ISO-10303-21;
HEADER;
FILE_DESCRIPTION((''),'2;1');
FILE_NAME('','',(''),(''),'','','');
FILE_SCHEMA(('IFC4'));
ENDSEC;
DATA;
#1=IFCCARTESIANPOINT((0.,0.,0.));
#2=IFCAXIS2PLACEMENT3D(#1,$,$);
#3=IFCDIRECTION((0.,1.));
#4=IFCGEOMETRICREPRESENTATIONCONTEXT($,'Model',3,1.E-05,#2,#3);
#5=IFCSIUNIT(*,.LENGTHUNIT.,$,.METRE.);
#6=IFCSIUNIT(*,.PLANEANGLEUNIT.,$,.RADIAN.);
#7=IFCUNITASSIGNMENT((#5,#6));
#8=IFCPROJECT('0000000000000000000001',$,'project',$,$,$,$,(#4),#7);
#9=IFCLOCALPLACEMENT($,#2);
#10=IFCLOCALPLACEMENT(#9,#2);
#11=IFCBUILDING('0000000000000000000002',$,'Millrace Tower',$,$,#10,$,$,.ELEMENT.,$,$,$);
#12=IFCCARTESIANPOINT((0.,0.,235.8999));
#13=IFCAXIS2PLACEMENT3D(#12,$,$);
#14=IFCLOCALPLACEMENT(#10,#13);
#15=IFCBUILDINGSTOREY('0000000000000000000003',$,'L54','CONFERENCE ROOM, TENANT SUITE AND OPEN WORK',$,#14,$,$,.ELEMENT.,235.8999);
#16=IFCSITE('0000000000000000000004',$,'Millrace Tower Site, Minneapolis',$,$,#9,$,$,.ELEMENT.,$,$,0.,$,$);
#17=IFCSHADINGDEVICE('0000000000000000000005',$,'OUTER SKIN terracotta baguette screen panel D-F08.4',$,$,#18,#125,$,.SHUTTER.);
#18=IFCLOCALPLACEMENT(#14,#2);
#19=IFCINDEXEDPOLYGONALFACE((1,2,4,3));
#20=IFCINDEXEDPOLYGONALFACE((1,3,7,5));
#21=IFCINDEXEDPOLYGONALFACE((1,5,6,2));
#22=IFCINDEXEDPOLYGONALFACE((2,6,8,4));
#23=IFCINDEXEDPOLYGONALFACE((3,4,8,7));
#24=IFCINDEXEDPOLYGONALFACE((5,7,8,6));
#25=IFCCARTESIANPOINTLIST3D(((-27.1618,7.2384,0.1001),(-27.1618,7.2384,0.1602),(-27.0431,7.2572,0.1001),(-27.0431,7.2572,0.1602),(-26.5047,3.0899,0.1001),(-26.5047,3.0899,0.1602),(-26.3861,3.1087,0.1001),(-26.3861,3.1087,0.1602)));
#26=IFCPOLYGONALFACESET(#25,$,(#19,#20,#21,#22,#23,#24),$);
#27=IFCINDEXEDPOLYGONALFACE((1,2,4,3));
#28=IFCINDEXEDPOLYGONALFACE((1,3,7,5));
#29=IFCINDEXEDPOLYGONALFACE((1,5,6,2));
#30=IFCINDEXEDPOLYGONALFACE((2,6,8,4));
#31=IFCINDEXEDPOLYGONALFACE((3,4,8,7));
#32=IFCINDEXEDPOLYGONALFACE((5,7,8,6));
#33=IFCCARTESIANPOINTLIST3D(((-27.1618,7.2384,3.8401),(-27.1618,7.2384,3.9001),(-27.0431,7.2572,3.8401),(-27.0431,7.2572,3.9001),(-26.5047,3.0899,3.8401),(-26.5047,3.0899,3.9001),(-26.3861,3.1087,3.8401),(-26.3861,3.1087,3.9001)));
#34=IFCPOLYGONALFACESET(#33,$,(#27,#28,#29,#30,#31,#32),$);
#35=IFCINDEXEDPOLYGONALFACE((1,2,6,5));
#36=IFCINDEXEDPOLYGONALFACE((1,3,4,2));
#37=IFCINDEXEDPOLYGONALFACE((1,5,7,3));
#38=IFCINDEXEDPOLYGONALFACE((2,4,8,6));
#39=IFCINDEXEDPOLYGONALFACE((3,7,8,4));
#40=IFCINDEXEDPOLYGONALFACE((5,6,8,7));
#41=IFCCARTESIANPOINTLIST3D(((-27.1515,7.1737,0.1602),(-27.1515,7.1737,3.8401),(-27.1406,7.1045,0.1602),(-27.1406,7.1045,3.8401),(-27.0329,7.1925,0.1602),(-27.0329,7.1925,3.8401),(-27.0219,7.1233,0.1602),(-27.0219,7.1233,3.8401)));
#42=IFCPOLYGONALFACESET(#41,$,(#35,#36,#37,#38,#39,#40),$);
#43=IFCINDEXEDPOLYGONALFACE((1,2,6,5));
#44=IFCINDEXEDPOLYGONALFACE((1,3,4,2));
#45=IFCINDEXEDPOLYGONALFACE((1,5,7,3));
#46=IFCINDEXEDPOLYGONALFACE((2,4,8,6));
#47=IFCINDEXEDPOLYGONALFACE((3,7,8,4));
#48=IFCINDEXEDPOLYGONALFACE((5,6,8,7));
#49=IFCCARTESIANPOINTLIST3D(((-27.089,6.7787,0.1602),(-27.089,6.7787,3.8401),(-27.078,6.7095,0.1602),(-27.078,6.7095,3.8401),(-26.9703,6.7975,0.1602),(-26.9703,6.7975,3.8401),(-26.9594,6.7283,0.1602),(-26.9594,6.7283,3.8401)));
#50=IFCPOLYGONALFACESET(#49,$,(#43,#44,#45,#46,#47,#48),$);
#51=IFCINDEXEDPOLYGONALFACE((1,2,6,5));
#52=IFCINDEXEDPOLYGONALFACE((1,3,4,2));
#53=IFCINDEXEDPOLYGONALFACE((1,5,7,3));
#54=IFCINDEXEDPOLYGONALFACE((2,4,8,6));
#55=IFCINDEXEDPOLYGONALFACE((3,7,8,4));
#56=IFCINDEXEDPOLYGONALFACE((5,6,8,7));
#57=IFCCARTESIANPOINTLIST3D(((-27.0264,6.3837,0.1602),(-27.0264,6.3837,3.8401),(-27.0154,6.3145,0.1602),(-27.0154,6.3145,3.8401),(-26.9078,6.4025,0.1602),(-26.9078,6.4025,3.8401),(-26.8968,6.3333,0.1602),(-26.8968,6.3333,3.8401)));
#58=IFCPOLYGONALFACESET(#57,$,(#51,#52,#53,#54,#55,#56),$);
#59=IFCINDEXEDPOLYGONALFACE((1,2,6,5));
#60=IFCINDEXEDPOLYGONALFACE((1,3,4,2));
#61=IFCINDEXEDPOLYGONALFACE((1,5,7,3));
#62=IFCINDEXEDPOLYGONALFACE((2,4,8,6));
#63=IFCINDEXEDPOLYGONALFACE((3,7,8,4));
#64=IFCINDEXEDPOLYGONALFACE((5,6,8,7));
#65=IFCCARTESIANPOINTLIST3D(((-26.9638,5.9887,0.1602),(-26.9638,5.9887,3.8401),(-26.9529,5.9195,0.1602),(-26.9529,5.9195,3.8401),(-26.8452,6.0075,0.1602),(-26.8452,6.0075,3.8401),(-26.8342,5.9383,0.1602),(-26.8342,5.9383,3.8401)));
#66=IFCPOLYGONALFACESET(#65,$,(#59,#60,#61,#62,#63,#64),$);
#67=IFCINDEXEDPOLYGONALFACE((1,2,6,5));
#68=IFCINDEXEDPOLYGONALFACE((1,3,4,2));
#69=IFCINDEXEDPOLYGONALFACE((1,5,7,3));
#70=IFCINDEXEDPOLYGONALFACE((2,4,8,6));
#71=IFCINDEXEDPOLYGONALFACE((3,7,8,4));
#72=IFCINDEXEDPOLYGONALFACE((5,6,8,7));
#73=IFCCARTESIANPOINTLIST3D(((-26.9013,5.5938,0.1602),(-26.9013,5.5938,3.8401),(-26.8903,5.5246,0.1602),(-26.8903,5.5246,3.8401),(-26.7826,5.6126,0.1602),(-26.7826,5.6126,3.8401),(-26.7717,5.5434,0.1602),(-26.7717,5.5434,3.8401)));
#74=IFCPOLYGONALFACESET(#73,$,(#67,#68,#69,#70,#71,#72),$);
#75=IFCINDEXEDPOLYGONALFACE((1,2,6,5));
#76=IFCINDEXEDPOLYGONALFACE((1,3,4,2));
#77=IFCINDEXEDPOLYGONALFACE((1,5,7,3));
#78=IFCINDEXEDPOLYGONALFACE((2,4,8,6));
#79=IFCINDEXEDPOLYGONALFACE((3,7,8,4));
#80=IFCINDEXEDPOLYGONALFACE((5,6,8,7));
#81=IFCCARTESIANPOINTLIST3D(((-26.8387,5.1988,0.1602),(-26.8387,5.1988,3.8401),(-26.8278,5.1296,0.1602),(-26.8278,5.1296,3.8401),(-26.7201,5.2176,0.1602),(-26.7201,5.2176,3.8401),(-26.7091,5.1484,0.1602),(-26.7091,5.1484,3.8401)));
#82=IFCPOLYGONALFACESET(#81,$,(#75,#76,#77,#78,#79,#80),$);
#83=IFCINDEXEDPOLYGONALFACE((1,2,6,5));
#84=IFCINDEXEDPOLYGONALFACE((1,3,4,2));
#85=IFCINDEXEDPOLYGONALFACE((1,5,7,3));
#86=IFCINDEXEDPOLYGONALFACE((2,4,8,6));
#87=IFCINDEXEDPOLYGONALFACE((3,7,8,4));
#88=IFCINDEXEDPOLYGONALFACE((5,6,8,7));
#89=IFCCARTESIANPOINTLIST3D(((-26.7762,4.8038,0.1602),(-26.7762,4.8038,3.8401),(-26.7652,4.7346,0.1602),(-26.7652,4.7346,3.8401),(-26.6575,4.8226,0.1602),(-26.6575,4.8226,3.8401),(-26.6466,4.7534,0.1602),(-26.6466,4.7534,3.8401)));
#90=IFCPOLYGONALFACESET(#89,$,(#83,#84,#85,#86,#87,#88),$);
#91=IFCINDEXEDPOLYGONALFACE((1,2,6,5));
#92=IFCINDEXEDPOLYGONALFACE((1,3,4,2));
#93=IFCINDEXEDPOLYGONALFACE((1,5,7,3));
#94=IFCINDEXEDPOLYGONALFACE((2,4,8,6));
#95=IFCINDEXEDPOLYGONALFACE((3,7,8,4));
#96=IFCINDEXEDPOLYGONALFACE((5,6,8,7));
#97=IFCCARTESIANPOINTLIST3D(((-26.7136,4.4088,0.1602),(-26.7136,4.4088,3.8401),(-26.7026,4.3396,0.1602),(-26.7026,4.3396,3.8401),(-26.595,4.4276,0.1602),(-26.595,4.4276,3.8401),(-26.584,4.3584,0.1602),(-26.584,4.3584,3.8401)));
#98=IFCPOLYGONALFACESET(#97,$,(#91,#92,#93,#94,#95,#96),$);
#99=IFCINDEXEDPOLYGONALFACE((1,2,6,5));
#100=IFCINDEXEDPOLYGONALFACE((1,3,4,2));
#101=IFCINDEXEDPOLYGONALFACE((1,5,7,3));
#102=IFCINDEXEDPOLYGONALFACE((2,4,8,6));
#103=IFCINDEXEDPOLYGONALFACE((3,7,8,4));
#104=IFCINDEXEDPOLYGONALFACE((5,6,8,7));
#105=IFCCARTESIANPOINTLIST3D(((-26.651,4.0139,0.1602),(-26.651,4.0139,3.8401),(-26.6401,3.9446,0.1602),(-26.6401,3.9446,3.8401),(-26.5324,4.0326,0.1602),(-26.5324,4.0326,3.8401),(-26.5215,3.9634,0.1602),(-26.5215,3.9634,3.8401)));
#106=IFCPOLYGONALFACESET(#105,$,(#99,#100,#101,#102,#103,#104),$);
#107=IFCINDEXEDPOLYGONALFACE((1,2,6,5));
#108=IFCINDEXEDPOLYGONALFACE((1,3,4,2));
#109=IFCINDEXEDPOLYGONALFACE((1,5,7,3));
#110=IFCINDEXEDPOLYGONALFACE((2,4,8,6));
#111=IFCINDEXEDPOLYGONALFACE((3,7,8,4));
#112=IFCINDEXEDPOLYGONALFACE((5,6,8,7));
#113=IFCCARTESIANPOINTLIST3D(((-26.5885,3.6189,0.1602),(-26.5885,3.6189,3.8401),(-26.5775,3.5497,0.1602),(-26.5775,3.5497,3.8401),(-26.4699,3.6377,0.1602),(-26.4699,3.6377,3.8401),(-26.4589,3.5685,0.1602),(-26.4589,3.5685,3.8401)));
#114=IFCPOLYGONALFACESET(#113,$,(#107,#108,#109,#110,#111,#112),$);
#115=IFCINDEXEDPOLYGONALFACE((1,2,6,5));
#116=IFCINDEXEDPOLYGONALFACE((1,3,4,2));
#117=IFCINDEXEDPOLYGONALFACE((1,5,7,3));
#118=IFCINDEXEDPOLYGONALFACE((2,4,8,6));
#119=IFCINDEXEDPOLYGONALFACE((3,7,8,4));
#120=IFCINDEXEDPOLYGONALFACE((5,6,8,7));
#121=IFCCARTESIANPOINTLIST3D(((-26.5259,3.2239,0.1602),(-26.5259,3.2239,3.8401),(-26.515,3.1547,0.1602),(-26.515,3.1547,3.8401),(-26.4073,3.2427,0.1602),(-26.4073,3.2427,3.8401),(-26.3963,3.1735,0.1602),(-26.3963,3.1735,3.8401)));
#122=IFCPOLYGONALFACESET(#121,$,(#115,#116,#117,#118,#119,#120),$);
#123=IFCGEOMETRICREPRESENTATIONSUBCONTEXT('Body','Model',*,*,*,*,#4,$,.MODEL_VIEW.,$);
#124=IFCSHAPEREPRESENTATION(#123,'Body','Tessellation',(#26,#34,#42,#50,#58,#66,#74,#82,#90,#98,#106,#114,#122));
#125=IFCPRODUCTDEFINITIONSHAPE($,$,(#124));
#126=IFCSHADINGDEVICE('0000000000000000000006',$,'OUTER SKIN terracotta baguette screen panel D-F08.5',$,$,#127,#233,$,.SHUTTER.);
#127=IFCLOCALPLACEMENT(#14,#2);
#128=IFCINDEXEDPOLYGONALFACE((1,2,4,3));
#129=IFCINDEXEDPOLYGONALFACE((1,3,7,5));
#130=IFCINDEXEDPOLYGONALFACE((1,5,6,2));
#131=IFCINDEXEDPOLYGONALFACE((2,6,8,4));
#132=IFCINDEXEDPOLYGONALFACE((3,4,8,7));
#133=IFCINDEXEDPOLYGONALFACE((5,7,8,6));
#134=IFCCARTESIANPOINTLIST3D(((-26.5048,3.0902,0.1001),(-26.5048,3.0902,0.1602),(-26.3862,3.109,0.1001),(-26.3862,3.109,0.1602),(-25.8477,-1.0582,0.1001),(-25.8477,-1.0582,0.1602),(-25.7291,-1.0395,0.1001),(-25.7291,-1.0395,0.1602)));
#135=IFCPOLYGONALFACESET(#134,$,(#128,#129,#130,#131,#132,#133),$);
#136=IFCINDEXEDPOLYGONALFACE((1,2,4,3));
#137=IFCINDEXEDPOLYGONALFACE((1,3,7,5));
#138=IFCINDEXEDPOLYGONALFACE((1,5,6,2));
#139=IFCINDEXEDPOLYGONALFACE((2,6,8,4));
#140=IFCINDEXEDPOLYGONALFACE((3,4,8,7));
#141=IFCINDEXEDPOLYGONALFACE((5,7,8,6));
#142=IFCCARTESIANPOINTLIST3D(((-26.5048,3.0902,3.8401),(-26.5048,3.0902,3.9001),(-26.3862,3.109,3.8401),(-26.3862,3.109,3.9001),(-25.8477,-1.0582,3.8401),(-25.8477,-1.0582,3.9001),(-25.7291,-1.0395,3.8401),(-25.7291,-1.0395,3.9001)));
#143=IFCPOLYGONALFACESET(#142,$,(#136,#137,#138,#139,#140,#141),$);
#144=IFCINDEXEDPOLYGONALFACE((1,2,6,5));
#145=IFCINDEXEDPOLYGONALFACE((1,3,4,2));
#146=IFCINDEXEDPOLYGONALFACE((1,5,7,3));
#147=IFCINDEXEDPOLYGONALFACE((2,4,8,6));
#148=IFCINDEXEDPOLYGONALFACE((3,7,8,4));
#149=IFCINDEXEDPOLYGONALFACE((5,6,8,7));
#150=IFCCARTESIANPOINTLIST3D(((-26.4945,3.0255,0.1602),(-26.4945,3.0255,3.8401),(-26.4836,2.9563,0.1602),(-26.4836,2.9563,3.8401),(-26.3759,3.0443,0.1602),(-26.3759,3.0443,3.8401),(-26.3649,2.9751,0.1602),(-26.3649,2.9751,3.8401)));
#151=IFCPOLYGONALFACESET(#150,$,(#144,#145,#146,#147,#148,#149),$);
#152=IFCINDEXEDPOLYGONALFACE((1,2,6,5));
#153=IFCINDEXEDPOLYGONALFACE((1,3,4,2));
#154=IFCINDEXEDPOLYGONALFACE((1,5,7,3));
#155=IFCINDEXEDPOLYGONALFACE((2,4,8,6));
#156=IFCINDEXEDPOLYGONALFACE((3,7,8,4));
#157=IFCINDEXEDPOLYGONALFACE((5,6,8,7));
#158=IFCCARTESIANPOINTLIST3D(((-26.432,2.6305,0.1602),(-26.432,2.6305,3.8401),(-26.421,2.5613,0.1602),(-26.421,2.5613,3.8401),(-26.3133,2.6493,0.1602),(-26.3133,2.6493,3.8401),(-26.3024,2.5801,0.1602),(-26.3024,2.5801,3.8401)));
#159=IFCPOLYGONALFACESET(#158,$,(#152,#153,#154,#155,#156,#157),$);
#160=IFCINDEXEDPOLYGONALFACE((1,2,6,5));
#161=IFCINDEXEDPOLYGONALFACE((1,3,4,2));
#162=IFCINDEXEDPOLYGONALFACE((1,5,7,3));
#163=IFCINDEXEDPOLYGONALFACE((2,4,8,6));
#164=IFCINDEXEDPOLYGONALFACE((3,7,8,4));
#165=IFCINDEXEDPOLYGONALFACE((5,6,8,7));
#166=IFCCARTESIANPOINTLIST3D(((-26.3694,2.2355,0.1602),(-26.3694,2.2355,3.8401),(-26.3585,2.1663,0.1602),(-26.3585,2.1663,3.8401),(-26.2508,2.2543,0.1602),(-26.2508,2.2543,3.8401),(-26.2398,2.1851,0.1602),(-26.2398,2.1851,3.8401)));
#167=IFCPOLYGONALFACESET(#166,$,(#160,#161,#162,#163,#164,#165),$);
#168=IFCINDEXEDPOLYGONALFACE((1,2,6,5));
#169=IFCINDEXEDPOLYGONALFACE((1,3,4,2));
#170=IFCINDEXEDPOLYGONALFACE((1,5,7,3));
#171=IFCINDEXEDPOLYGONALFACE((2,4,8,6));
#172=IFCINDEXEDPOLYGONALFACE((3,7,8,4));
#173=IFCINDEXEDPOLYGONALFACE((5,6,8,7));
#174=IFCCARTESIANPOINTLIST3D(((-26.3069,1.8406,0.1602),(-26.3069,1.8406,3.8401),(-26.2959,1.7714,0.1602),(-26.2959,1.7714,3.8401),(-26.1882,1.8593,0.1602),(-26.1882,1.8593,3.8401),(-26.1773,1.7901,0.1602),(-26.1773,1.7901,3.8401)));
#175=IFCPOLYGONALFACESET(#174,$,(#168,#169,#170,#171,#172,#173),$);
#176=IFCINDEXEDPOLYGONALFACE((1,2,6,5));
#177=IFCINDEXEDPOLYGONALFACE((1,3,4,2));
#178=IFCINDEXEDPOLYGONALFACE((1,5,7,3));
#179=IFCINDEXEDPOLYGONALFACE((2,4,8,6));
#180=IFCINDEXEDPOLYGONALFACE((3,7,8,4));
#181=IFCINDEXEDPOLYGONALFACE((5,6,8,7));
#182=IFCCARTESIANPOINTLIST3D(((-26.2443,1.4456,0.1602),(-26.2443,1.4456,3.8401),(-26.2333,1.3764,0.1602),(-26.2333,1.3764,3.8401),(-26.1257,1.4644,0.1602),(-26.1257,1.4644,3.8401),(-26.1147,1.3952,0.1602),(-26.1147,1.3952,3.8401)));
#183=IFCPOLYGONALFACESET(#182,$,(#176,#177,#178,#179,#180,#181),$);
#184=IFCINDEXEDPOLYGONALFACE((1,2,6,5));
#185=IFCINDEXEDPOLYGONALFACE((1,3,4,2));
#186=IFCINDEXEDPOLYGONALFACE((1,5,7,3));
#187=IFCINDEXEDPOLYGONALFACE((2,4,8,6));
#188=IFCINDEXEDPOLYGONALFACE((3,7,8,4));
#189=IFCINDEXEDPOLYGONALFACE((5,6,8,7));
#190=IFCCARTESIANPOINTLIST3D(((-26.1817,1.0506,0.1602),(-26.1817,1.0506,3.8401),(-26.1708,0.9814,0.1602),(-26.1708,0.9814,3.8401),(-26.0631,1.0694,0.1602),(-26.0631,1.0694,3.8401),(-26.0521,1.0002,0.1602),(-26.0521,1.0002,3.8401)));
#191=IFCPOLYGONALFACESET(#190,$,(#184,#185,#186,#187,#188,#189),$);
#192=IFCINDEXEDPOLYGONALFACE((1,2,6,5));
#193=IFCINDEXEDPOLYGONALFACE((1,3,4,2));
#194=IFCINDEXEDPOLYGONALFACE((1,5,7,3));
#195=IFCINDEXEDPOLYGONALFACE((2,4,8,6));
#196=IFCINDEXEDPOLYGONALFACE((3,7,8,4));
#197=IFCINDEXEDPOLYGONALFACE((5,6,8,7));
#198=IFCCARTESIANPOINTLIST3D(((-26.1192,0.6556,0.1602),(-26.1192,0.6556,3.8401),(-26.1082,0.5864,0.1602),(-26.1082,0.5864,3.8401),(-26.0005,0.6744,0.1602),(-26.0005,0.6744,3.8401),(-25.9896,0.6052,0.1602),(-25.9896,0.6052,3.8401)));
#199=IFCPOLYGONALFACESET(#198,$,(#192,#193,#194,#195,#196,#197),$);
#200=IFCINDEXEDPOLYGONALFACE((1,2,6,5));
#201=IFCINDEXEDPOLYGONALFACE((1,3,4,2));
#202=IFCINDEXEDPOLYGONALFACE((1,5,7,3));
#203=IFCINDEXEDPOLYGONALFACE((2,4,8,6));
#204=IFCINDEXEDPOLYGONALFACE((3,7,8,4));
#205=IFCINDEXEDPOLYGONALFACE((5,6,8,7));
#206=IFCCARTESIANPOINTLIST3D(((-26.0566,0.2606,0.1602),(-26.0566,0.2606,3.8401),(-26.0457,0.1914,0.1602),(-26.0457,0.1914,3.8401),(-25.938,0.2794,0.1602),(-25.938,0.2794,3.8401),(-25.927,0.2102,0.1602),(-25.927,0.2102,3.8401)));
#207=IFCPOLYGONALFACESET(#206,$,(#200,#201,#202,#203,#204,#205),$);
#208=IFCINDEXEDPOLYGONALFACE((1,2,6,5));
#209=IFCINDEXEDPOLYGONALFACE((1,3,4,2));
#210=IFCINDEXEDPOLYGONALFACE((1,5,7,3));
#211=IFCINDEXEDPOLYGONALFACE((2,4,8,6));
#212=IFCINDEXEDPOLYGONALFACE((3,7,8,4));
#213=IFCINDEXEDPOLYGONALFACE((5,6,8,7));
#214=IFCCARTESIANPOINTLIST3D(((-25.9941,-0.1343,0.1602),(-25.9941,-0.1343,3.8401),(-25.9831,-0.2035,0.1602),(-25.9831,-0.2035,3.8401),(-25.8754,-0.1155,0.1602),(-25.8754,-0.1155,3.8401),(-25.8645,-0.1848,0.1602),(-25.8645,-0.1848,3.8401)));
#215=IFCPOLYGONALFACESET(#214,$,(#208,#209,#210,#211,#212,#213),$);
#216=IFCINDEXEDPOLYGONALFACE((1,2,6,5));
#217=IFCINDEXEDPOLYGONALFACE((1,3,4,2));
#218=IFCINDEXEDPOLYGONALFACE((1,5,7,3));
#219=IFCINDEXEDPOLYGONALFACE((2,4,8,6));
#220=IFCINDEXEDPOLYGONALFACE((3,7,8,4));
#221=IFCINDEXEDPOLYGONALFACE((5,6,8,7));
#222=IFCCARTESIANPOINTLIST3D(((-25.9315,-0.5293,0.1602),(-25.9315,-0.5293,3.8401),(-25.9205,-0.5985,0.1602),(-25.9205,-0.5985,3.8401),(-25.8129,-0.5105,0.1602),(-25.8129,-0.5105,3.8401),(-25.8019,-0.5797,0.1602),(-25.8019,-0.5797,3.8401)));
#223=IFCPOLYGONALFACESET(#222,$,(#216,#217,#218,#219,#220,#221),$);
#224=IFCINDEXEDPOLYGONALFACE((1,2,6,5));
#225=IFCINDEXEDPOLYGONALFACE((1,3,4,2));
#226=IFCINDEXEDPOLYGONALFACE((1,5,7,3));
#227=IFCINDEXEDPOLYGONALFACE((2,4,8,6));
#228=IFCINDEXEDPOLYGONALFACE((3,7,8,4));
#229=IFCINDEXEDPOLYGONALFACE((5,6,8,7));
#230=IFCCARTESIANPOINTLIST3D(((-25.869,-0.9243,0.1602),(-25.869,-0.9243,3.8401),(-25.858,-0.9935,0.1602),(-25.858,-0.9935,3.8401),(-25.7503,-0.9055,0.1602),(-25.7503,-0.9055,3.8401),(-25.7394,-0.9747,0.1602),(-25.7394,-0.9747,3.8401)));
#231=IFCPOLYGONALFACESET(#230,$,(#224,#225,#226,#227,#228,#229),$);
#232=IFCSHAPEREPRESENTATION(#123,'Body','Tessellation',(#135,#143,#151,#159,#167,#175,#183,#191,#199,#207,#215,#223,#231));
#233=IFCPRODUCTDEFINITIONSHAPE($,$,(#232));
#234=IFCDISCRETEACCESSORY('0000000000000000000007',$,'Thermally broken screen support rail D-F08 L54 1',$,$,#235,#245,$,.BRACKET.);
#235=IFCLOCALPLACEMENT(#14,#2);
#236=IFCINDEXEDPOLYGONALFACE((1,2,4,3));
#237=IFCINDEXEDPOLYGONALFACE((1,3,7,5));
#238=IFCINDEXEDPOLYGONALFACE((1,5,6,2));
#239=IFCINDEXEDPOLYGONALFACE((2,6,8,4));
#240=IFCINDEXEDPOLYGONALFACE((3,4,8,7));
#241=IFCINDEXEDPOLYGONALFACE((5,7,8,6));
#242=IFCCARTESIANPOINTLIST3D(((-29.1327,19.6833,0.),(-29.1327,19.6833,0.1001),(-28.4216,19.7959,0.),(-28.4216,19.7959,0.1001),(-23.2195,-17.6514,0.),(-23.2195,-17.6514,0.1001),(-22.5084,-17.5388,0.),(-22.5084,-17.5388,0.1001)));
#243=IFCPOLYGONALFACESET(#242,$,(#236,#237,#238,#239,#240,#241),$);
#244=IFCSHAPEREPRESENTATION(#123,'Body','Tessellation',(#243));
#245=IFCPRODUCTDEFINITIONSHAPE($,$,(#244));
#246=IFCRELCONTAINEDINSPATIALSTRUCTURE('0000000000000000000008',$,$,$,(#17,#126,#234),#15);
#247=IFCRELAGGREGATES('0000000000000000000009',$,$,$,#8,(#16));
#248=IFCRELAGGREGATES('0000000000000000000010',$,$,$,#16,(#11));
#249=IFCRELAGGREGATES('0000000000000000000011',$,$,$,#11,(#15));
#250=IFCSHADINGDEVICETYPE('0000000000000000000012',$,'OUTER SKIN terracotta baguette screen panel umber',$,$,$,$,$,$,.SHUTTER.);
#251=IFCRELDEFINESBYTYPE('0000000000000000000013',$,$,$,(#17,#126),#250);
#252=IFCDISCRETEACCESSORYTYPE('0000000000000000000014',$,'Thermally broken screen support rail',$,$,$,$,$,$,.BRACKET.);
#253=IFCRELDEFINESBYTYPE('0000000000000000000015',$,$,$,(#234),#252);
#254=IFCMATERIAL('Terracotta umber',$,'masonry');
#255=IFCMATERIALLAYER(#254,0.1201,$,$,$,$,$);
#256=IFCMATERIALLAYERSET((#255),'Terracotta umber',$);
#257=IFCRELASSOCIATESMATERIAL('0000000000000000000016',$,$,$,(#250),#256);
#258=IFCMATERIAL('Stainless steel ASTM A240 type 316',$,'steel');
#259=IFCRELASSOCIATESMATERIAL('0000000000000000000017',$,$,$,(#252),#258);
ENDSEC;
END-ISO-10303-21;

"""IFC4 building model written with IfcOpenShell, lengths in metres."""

from ifc_helpers import new_model, entity, si_unit, direction, frame, frame_2d, origin, origin_2d, place, context, subcontext, project, spatial, rectangle, extrude, source, transform, mapped, material, layer, layer_set, type_object, element, save


model = new_model("IFC4")

# Units and contexts
model_context = context("Model", 3, precision=1e-05, world=origin(), true_north=direction((0.0, 1.0)))
body_context = subcontext(model_context, "Body", "Model", "MODEL_VIEW")
ifc_project = project(units=[si_unit("LENGTHUNIT", "METRE"), si_unit("PLANEANGLEUNIT", "RADIAN")], contexts=[model_context])

# Site, building, storey
site_placement = place(None, origin())
site = spatial("IfcSite", under=ifc_project, at=site_placement, Name="Millrace Tower Site, Minneapolis", CompositionType="ELEMENT", RefElevation=0.0)
building_placement = place(site_placement, origin())
building = spatial("IfcBuilding", under=site, at=building_placement, Name="Millrace Tower", CompositionType="ELEMENT")
storey_placement = place(building_placement, frame((0.0, 0.0, 235.8999)))
storey = spatial("IfcBuildingStorey", under=building, at=storey_placement, Name="L54", Description="CONFERENCE ROOM, TENANT SUITE AND OPEN WORK", CompositionType="ELEMENT", Elevation=235.8999)

# Shading devices
ifc_material_1 = material(Name="Terracotta umber", Category="masonry")
ifc_layer_1 = layer(ifc_material_1, 0.1201)
ifc_layer_set_1 = layer_set([ifc_layer_1], Name="Terracotta umber")
shading_device_type = type_object("IfcShadingDeviceType", Name="OUTER SKIN terracotta baguette screen panel umber", PredefinedType="SHUTTER", material=ifc_layer_set_1)
cartesian_point = entity("IfcCartesianPoint", [-2.1001, 0.0601])
shared_polyline = entity("IfcPolyline", [cartesian_point, entity("IfcCartesianPoint", [2.1001, 0.0601]), entity("IfcCartesianPoint", [2.1001, -0.0601]), entity("IfcCartesianPoint", [-2.1001, -0.0601]), cartesian_point])
shared_shape = source(origin(), body_context, "Body", "SweptSolid", [
    entity("IfcExtrudedAreaSolid", entity("IfcArbitraryClosedProfileDef", "AREA", None, shared_polyline), entity("IfcAxis2Placement3D", entity("IfcCartesianPoint", [0.0, 0.0, 0.0])), entity("IfcDirection", [0.0, 0.0, 1.0]), 0.0601),
    entity("IfcExtrudedAreaSolid", entity("IfcArbitraryClosedProfileDef", "AREA", None, shared_polyline), entity("IfcAxis2Placement3D", entity("IfcCartesianPoint", [0.0, 0.0, 3.74])), entity("IfcDirection", [0.0, 0.0, 1.0]), 0.0601),
    extrude(rectangle(XDim=0.0701, YDim=0.1201, at=frame_2d((-1.9995, 0.0))), frame((0.0, 0.0, 0.0601)), (0.0, 0.0, 1.0), 3.6799),
    extrude(rectangle(XDim=0.0701, YDim=0.1201, at=frame_2d((-1.5996, 0.0))), frame((0.0, 0.0, 0.0601)), (0.0, 0.0, 1.0), 3.6799),
    extrude(rectangle(XDim=0.0701, YDim=0.1201, at=frame_2d((-1.1997, 0.0))), frame((0.0, 0.0, 0.0601)), (0.0, 0.0, 1.0), 3.6799),
    extrude(rectangle(XDim=0.0701, YDim=0.1201, at=frame_2d((-0.7998, 0.0))), frame((0.0, 0.0, 0.0601)), (0.0, 0.0, 1.0), 3.6799),
    extrude(rectangle(XDim=0.0701, YDim=0.1201, at=frame_2d((-0.3999, 0.0))), frame((0.0, 0.0, 0.0601)), (0.0, 0.0, 1.0), 3.6799),
    extrude(rectangle(XDim=0.0701, YDim=0.1201, at=origin_2d()), frame((0.0, 0.0, 0.0601)), (0.0, 0.0, 1.0), 3.6799),
    extrude(rectangle(XDim=0.0701, YDim=0.1201, at=frame_2d((0.3999, 0.0))), frame((0.0, 0.0, 0.0601)), (0.0, 0.0, 1.0), 3.6799),
    extrude(rectangle(XDim=0.0701, YDim=0.1201, at=frame_2d((0.7998, 0.0))), frame((0.0, 0.0, 0.0601)), (0.0, 0.0, 1.0), 3.6799),
    extrude(rectangle(XDim=0.0701, YDim=0.1201, at=frame_2d((1.1997, 0.0))), frame((0.0, 0.0, 0.0601)), (0.0, 0.0, 1.0), 3.6799),
    extrude(rectangle(XDim=0.0701, YDim=0.1201, at=frame_2d((1.5996, 0.0))), frame((0.0, 0.0, 0.0601)), (0.0, 0.0, 1.0), 3.6799),
    extrude(rectangle(XDim=0.0701, YDim=0.1201, at=frame_2d((1.9995, 0.0))), frame((0.0, 0.0, 0.0601)), (0.0, 0.0, 1.0), 3.6799),
])
for number, where, z_axis, x_axis, name in (
    (1, (-26.7739, 5.1736, 0.1001), (0.0, 0.0, 1.0), (0.156434, -0.987688, 0.0), "OUTER SKIN terracotta baguette screen panel D-F08.4"),
    (2, (-26.1169, 1.0254, 0.1001), (0.0, 0.0, 1.0), (0.156434, -0.987688, 0.0), "OUTER SKIN terracotta baguette screen panel D-F08.5"),
):
    element("IfcShadingDevice", number, at=place(storey_placement, frame(where, z_axis=z_axis, x_axis=x_axis)), inside=storey, type_object=shading_device_type, Name=name, PredefinedType="SHUTTER", context=body_context, shape_type="MappedRepresentation", body=[
        mapped(shared_shape, transform((0.0, 0.0, 0.0), scale=1.0)),
    ])

# Discrete accessory
ifc_material_2 = material(Name="Stainless steel ASTM A240 type 316", Category="steel")
discrete_accessory_type = type_object("IfcDiscreteAccessoryType", Name="Thermally broken screen support rail", PredefinedType="BRACKET", material=ifc_material_2)
discrete_accessory_placement = place(storey_placement, frame((-25.8206, 1.0723, 0.0), z_axis=(0.0, 0.0, 1.0), x_axis=(0.156434, -0.987688, 0.0)))
element("IfcDiscreteAccessory", 3, at=discrete_accessory_placement, inside=storey, type_object=discrete_accessory_type, Name="Thermally broken screen support rail D-F08 L54 1", PredefinedType="BRACKET", context=body_context, shape_type="SweptSolid", body=[
    extrude(rectangle(XDim=37.8, YDim=0.72, at=origin_2d()), origin(), (0.0, 0.0, 1.0), 0.1001),
])

save(model, "model.ifc")
